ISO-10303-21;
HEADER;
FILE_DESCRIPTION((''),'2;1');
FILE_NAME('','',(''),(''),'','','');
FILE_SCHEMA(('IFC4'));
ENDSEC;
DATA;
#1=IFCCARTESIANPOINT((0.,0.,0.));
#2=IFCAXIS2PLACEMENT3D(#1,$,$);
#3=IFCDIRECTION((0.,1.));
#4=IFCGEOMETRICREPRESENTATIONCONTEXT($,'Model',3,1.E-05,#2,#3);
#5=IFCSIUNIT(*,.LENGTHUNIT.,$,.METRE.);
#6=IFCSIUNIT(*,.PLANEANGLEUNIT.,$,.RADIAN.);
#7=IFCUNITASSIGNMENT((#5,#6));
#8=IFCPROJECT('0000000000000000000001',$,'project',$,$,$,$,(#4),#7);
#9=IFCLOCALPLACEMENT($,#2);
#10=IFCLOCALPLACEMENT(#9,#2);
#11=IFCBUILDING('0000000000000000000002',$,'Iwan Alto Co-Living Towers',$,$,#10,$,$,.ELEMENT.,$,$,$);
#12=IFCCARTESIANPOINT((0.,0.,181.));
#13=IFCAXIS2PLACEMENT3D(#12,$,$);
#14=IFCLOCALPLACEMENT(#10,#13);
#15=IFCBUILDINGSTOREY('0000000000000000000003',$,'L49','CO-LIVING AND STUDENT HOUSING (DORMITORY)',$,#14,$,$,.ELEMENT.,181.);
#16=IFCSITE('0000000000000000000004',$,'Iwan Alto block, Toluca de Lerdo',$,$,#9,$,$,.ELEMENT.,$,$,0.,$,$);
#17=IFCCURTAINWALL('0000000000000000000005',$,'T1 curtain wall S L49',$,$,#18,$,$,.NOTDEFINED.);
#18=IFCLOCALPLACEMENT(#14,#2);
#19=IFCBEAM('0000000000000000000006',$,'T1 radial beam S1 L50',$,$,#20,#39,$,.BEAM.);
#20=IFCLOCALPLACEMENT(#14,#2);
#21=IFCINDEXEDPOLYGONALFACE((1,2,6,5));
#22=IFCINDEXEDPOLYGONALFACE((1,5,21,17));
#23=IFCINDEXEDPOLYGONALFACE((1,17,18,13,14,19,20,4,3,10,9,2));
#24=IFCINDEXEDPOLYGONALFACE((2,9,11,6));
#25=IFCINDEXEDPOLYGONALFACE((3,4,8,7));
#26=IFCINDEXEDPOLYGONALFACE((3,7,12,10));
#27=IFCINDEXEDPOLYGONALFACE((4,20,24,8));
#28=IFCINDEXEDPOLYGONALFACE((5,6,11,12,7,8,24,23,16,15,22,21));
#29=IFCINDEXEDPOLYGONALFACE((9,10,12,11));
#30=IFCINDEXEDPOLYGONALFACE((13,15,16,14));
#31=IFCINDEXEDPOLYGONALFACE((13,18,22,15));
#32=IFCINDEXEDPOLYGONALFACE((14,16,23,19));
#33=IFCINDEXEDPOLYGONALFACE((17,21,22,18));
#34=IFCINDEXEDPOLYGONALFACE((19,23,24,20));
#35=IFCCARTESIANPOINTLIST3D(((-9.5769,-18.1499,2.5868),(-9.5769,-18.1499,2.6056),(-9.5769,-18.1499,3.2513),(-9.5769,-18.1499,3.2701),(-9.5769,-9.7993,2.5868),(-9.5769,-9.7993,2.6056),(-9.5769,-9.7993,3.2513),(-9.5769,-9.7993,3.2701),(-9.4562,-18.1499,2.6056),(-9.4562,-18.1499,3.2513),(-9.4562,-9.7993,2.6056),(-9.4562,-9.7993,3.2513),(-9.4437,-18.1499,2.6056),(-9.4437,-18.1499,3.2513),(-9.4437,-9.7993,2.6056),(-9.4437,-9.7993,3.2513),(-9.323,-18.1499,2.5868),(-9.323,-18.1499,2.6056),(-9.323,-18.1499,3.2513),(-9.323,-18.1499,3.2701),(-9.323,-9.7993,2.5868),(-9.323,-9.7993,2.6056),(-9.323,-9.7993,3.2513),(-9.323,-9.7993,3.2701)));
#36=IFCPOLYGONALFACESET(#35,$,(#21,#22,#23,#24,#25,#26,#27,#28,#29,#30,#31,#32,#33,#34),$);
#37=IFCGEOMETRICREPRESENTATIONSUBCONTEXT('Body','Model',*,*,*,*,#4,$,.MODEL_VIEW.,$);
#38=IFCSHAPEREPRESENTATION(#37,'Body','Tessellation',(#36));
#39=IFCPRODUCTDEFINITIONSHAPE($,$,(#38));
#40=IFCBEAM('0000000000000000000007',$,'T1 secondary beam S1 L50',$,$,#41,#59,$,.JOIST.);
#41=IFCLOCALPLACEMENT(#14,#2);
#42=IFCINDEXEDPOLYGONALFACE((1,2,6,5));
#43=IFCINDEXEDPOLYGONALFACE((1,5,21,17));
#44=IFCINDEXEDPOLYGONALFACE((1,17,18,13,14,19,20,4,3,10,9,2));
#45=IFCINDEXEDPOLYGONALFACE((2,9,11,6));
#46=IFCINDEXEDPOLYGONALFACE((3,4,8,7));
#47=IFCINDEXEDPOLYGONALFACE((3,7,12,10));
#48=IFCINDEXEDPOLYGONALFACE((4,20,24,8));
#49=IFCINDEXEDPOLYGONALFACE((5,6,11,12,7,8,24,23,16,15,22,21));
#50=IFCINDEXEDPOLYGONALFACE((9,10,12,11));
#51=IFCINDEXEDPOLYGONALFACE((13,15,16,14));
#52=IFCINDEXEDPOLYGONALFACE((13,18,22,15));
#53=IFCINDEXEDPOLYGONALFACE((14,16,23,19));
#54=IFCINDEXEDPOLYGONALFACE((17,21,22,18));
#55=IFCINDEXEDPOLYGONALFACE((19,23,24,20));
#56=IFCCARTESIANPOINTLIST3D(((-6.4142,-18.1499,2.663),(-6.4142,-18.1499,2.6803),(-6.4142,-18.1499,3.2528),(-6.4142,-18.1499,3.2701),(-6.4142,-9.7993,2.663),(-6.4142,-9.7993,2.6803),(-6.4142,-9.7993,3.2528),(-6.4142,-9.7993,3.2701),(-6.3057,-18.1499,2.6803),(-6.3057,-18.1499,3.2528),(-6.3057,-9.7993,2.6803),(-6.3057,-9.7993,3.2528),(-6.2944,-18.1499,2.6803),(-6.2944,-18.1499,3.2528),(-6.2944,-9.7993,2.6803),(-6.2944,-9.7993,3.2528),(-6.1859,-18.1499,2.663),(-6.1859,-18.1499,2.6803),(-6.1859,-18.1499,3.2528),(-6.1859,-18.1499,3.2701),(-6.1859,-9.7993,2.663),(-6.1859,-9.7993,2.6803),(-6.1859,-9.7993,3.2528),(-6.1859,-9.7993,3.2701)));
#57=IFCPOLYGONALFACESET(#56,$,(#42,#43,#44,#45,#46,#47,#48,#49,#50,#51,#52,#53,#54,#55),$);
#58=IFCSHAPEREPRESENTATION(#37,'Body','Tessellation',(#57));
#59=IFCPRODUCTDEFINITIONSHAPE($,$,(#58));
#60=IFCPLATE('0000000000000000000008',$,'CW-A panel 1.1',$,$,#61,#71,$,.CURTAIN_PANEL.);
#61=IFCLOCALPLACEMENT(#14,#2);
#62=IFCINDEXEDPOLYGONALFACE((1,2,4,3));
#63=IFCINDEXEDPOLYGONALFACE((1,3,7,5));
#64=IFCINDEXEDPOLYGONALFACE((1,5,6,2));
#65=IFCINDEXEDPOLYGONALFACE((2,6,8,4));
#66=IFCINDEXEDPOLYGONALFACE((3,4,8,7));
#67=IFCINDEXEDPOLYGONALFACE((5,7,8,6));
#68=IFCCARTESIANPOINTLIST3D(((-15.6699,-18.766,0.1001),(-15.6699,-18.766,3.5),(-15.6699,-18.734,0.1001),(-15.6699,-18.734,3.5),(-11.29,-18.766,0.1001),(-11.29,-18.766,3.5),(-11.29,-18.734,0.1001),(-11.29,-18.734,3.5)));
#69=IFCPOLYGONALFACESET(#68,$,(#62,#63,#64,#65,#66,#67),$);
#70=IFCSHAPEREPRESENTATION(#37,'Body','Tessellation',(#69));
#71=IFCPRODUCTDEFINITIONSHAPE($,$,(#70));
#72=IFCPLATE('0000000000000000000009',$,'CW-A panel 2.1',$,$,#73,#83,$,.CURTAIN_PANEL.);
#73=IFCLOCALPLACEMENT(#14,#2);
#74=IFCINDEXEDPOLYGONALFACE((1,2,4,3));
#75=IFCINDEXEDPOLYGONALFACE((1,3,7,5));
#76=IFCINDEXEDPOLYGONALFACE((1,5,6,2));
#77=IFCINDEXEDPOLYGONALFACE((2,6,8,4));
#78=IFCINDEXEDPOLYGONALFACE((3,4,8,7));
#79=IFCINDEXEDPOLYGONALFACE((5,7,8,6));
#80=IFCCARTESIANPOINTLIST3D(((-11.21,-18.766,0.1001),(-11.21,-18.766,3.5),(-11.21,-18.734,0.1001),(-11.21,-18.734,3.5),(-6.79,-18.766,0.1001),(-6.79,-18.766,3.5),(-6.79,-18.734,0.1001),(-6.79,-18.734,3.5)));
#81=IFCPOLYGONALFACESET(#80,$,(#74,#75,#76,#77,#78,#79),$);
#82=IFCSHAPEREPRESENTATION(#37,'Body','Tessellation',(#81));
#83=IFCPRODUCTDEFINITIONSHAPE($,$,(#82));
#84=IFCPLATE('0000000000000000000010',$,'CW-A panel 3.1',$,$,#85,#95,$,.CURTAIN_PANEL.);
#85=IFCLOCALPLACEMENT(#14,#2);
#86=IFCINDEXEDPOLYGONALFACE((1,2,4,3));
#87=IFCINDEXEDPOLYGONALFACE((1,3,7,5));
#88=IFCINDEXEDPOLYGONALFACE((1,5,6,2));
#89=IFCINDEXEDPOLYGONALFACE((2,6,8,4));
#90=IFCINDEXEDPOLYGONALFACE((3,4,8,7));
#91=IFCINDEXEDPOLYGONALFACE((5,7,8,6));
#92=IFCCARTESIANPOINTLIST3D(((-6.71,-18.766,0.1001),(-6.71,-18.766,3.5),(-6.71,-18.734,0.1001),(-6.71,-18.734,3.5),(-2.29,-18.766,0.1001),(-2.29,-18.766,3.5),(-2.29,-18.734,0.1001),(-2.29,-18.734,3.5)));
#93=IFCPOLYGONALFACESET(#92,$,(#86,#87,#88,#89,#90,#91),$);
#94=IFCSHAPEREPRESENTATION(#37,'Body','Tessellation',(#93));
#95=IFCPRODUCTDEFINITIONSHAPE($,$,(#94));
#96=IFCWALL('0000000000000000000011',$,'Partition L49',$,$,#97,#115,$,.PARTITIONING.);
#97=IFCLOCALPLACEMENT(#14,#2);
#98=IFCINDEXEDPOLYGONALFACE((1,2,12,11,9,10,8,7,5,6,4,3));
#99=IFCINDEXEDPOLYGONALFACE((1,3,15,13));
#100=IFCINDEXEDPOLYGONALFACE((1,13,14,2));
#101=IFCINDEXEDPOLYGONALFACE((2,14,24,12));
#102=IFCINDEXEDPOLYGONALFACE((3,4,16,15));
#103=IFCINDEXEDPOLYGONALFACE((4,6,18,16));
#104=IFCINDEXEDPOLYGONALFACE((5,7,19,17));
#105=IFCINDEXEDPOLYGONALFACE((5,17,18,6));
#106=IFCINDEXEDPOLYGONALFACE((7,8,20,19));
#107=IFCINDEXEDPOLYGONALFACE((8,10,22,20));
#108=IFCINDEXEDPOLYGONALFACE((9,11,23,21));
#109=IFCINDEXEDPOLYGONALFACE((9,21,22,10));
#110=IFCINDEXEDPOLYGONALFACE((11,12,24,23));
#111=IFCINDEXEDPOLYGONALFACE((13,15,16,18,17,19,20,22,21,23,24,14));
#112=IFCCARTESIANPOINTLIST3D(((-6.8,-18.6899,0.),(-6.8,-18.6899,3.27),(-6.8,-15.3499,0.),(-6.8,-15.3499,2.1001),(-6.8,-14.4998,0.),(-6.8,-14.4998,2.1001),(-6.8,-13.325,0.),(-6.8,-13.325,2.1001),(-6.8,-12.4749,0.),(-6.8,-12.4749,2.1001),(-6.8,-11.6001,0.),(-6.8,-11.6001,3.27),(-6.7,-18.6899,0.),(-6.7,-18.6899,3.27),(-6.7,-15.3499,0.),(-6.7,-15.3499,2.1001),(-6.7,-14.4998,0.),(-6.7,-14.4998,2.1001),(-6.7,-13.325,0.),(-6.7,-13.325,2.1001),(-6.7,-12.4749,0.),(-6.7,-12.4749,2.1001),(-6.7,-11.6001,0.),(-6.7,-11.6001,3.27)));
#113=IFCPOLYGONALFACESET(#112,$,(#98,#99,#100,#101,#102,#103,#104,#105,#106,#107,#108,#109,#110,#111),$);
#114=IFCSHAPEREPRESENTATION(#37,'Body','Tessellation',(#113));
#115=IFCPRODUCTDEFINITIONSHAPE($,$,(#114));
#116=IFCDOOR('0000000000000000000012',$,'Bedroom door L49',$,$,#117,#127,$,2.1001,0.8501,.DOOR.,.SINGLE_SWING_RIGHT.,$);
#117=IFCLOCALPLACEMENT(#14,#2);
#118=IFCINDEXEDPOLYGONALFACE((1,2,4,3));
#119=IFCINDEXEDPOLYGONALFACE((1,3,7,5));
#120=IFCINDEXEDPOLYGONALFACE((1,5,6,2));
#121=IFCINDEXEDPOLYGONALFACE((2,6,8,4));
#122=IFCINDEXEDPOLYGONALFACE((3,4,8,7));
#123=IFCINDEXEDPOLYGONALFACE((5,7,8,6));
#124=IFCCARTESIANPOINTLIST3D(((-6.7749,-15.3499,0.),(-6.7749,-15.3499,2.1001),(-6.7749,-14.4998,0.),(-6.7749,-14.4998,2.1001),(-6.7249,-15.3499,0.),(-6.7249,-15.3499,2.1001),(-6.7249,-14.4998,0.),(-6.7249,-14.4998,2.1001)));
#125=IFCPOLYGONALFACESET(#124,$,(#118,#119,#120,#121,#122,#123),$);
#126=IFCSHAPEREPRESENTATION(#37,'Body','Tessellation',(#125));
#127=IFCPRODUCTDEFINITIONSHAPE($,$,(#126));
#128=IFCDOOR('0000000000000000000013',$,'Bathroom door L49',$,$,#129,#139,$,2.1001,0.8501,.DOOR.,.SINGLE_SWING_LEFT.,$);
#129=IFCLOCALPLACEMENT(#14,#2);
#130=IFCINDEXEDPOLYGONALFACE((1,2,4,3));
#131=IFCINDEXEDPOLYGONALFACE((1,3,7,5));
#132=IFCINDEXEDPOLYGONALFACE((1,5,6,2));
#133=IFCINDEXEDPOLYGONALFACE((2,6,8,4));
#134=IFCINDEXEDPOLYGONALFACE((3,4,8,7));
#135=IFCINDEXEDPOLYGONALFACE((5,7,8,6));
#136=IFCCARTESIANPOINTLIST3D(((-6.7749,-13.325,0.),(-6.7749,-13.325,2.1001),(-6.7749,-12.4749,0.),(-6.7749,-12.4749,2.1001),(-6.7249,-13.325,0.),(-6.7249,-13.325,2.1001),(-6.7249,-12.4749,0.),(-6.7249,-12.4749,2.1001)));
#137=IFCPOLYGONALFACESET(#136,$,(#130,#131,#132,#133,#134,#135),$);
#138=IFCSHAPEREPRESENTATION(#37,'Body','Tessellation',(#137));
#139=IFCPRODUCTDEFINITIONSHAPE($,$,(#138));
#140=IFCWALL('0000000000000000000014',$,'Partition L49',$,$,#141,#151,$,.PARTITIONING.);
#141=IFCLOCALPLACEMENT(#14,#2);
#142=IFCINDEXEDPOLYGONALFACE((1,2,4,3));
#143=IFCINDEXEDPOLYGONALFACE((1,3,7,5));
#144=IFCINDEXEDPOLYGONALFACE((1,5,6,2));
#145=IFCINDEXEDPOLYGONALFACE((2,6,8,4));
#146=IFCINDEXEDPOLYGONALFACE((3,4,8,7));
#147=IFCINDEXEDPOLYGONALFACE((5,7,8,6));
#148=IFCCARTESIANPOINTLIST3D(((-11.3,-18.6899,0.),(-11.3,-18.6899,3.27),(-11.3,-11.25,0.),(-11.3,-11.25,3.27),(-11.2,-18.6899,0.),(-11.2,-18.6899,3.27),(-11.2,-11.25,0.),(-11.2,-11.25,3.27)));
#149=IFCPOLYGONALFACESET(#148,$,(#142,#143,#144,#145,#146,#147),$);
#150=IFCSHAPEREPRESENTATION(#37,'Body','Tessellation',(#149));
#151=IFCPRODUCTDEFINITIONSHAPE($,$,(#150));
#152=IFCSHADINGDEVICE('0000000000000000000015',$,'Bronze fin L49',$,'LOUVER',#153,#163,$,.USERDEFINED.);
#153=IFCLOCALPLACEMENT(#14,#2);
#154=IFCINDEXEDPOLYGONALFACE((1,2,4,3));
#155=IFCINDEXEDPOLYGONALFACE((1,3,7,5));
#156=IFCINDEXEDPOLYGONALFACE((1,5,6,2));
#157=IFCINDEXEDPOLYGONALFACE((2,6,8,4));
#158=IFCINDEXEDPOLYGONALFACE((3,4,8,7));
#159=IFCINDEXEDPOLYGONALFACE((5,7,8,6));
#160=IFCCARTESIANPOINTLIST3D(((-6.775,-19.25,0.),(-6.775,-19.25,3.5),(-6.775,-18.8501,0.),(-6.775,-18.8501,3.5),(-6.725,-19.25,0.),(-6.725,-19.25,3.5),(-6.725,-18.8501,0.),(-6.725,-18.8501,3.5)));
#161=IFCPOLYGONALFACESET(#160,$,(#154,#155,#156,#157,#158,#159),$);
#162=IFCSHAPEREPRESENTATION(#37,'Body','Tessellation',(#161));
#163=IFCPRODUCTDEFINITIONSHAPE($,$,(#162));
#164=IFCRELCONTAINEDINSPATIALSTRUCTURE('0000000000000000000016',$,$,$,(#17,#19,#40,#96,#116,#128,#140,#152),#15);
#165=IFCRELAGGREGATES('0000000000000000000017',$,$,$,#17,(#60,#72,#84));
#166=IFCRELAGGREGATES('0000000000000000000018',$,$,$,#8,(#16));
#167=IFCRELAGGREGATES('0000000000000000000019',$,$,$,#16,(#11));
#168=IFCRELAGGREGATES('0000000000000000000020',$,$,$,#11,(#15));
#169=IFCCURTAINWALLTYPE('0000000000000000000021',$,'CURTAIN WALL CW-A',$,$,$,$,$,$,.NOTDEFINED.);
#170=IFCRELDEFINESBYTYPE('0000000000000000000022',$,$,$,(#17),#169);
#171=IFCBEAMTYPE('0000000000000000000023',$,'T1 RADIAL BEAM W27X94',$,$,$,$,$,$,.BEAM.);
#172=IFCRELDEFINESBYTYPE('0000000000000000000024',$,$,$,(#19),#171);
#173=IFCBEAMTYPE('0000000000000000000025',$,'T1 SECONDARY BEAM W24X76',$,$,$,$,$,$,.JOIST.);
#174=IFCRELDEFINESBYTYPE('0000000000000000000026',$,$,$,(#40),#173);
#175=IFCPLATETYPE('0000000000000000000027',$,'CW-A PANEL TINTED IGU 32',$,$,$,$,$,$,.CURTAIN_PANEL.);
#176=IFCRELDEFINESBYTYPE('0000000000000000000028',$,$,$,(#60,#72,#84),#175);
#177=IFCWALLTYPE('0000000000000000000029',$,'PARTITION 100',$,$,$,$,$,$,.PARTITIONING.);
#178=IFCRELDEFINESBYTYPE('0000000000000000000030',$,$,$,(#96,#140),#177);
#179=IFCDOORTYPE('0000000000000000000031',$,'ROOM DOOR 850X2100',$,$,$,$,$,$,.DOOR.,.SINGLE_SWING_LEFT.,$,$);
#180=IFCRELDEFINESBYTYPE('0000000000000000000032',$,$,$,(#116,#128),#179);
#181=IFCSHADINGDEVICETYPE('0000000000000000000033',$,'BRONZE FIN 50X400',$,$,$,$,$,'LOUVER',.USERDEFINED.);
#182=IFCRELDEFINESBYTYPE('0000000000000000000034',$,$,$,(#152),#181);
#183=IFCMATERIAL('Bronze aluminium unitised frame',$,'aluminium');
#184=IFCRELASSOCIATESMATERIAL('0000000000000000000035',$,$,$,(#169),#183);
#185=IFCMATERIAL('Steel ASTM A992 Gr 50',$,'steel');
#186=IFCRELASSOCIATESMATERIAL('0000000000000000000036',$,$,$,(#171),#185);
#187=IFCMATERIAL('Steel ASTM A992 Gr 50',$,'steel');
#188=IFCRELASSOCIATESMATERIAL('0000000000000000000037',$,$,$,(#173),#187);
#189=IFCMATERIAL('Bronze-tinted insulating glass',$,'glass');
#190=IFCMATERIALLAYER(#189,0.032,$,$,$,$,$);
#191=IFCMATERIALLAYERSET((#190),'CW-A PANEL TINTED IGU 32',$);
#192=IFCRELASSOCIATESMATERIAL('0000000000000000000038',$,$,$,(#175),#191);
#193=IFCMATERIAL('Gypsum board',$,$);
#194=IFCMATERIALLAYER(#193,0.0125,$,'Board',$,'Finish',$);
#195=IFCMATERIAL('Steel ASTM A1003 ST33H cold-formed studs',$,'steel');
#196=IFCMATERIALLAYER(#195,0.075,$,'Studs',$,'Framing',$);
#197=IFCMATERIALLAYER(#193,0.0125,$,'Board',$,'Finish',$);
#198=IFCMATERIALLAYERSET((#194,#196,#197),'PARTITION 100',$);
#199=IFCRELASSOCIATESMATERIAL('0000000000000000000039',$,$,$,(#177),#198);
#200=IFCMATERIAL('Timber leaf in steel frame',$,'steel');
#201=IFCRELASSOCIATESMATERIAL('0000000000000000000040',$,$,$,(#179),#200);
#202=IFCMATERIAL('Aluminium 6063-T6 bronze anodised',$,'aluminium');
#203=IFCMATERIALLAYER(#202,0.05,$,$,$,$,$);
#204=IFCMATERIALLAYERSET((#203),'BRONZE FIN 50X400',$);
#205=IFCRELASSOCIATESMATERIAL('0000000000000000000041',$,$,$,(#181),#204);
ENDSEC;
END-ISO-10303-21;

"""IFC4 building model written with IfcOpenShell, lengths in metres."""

from ifc_helpers import new_model, si_unit, direction, frame, frame_2d, origin, origin_2d, place, context, subcontext, project, spatial, rectangle, i_section, extrude, material, layer, layer_set, material_profile, profile_set, type_object, element, fill, aggregate, save


model = new_model("IFC4")

# Units and contexts
model_context = context("Model", 3, precision=1e-05, world=origin(), true_north=direction((0.0, 1.0)))
body_context = subcontext(model_context, "Body", "Model", "MODEL_VIEW")
ifc_project = project(units=[si_unit("LENGTHUNIT", "METRE"), si_unit("PLANEANGLEUNIT", "RADIAN")], contexts=[model_context])

# Site, building, storey
site_placement = place(None, origin())
site = spatial("IfcSite", under=ifc_project, at=site_placement, Name="Iwan Alto block, Toluca de Lerdo", CompositionType="ELEMENT", RefElevation=0.0)
building_placement = place(site_placement, origin())
building = spatial("IfcBuilding", under=site, at=building_placement, Name="Iwan Alto Co-Living Towers", CompositionType="ELEMENT")
storey_placement = place(building_placement, frame((0.0, 0.0, 181.0)))
storey = spatial("IfcBuildingStorey", under=building, at=storey_placement, Name="L49", Description="CO-LIVING AND STUDENT HOUSING (DORMITORY)", CompositionType="ELEMENT", Elevation=181.0)

# Curtain wall
ifc_material_1 = material(Name="Bronze aluminium unitised frame", Category="aluminium")
curtain_wall_type = type_object("IfcCurtainWallType", Name="CURTAIN WALL CW-A", PredefinedType="NOTDEFINED", material=ifc_material_1)
curtain_wall_placement = place(storey_placement, origin())
curtain_wall = element("IfcCurtainWall", 1, at=curtain_wall_placement, inside=storey, type_object=curtain_wall_type, Name="T1 curtain wall S L49", PredefinedType="NOTDEFINED")

# Beams
ifc_material_2 = material(Name="Steel ASTM A992 Gr 50", Category="steel")
ifc_material_profile_1 = material_profile(ifc_material_2, i_section(OverallWidth=0.2539, OverallDepth=0.6833, WebThickness=0.0125, FlangeThickness=0.0188, at=origin_2d()), Name="W27X94")
ifc_profile_set_1 = profile_set([ifc_material_profile_1], Name="Steel ASTM A992 Gr 50")
beam_type_1 = type_object("IfcBeamType", Name="T1 RADIAL BEAM W27X94", PredefinedType="BEAM", material=ifc_profile_set_1)
beam_1_placement = place(storey_placement, frame((-9.45, -18.1499, 2.9285), z_axis=(0.0, 1.0, 0.0), x_axis=(-1.0, 0.0, 0.0)))
element("IfcBeam", 2, at=beam_1_placement, inside=storey, type_object=beam_type_1, Name="T1 radial beam S1 L50", PredefinedType="BEAM", context=body_context, shape_type="SweptSolid", body=[
    extrude(i_section(OverallWidth=0.2539, OverallDepth=0.6833, WebThickness=0.0125, FlangeThickness=0.0188, at=origin_2d()), origin(), (0.0, 0.0, 1.0), 8.3506),
])
ifc_material_3 = material(Name="Steel ASTM A992 Gr 50", Category="steel")
ifc_material_profile_2 = material_profile(ifc_material_3, i_section(OverallWidth=0.2283, OverallDepth=0.6072, WebThickness=0.0112, FlangeThickness=0.0173, at=origin_2d()), Name="W24X76")
ifc_profile_set_2 = profile_set([ifc_material_profile_2], Name="Steel ASTM A992 Gr 50")
beam_type_2 = type_object("IfcBeamType", Name="T1 SECONDARY BEAM W24X76", PredefinedType="JOIST", material=ifc_profile_set_2)
beam_2_placement = place(storey_placement, frame((-6.3, -18.1499, 2.9666), z_axis=(0.0, 1.0, 0.0), x_axis=(-1.0, 0.0, 0.0)))
element("IfcBeam", 3, at=beam_2_placement, inside=storey, type_object=beam_type_2, Name="T1 secondary beam S1 L50", PredefinedType="JOIST", context=body_context, shape_type="SweptSolid", body=[
    extrude(i_section(OverallWidth=0.2283, OverallDepth=0.6072, WebThickness=0.0112, FlangeThickness=0.0173, at=origin_2d()), origin(), (0.0, 0.0, 1.0), 8.3506),
])

# Plates
ifc_material_4 = material(Name="Bronze-tinted insulating glass", Category="glass")
ifc_layer_1 = layer(ifc_material_4, 0.032)
ifc_layer_set_1 = layer_set([ifc_layer_1], Name="CW-A PANEL TINTED IGU 32")
plate_type = type_object("IfcPlateType", Name="CW-A PANEL TINTED IGU 32", PredefinedType="CURTAIN_PANEL", material=ifc_layer_set_1)
plate_1_placement = place(storey_placement, frame((-13.48, -18.75, 0.1001), z_axis=(0.0, 0.0, 1.0), x_axis=(1.0, 0.0, 0.0)))
plate_1 = element("IfcPlate", 4, at=plate_1_placement, type_object=plate_type, Name="CW-A panel 1.1", PredefinedType="CURTAIN_PANEL", context=body_context, shape_type="SweptSolid", body=[
    extrude(rectangle(XDim=4.3799, YDim=0.032, at=origin_2d()), origin(), (0.0, 0.0, 1.0), 3.3999),
])
plate_2_placement = place(storey_placement, frame((-9.0, -18.75, 0.1001), z_axis=(0.0, 0.0, 1.0), x_axis=(1.0, 0.0, 0.0)))
plate_2 = element("IfcPlate", 5, at=plate_2_placement, type_object=plate_type, Name="CW-A panel 2.1", PredefinedType="CURTAIN_PANEL", context=body_context, shape_type="SweptSolid", body=[
    extrude(rectangle(XDim=4.4199, YDim=0.032, at=origin_2d()), origin(), (0.0, 0.0, 1.0), 3.3999),
])
plate_3_placement = place(storey_placement, frame((-4.5, -18.75, 0.1001), z_axis=(0.0, 0.0, 1.0), x_axis=(1.0, 0.0, 0.0)))
plate_3 = element("IfcPlate", 6, at=plate_3_placement, type_object=plate_type, Name="CW-A panel 3.1", PredefinedType="CURTAIN_PANEL", context=body_context, shape_type="SweptSolid", body=[
    extrude(rectangle(XDim=4.4199, YDim=0.032, at=origin_2d()), origin(), (0.0, 0.0, 1.0), 3.3999),
])
aggregate(curtain_wall, [plate_1, plate_2, plate_3])

# Wall, openings, doors
ifc_material_5 = material(Name="Gypsum board")
ifc_layer_2 = layer(ifc_material_5, 0.0125, Name="Board", Category="Finish")
ifc_material_6 = material(Name="Steel ASTM A1003 ST33H cold-formed studs", Category="steel")
ifc_layer_3 = layer(ifc_material_6, 0.075, Name="Studs", Category="Framing")
ifc_layer_4 = layer(ifc_material_5, 0.0125, Name="Board", Category="Finish")
ifc_layer_set_2 = layer_set([ifc_layer_2, ifc_layer_3, ifc_layer_4], Name="PARTITION 100")
wall_type = type_object("IfcWallType", Name="PARTITION 100", PredefinedType="PARTITIONING", material=ifc_layer_set_2)
wall_1_placement = place(storey_placement, frame((-6.75, -18.6899, 0.0), z_axis=(0.0, 0.0, 1.0), x_axis=(0.0, 1.0, 0.0)))
wall_1 = element("IfcWall", 7, at=wall_1_placement, inside=storey, type_object=wall_type, Name="Partition L49", PredefinedType="PARTITIONING", context=body_context, shape_type="SweptSolid", body=[
    extrude(rectangle(XDim=7.0898, YDim=0.1001, at=frame_2d((3.5449, 0.0))), origin(), (0.0, 0.0, 1.0), 3.27),
])
opening_1_placement = place(wall_1_placement, frame((3.3401, 0.0, 0.0)))
opening_1 = element("IfcOpeningElement", 8, at=opening_1_placement, cuts=wall_1, PredefinedType="OPENING", context=body_context, shape_type="SweptSolid", body=[
    extrude(rectangle(XDim=0.8501, YDim=2.1001, at=frame_2d((0.425, 1.05))), frame((0.0, 0.0601, 0.0), z_axis=(0.0, -1.0, 0.0), x_axis=(1.0, 0.0, 0.0)), (0.0, 0.0, 1.0), 0.1201),
])
opening_2_placement = place(wall_1_placement, frame((5.365, 0.0, 0.0)))
opening_2 = element("IfcOpeningElement", 9, at=opening_2_placement, cuts=wall_1, PredefinedType="OPENING", context=body_context, shape_type="SweptSolid", body=[
    extrude(rectangle(XDim=0.8501, YDim=2.1001, at=frame_2d((0.425, 1.05))), frame((0.0, 0.0601, 0.0), z_axis=(0.0, -1.0, 0.0), x_axis=(1.0, 0.0, 0.0)), (0.0, 0.0, 1.0), 0.1201),
])
ifc_material_7 = material(Name="Timber leaf in steel frame", Category="steel")
door_type = type_object("IfcDoorType", Name="ROOM DOOR 850X2100", OperationType="SINGLE_SWING_LEFT", PredefinedType="DOOR", material=ifc_material_7)
door_1_placement = place(opening_1_placement, origin())
door_1 = element("IfcDoor", 10, at=door_1_placement, inside=storey, type_object=door_type, Name="Bedroom door L49", OperationType="SINGLE_SWING_RIGHT", OverallHeight=2.1001, OverallWidth=0.8501, PredefinedType="DOOR", context=body_context, shape_type="SweptSolid", body=[
    extrude(rectangle(XDim=0.8501, YDim=2.1001, at=frame_2d((0.425, 1.05))), frame((0.0, 0.0249, 0.0), z_axis=(0.0, -1.0, 0.0), x_axis=(1.0, 0.0, 0.0)), (0.0, 0.0, 1.0), 0.05),
])
fill(opening_1, door_1)
door_2_placement = place(opening_2_placement, origin())
door_2 = element("IfcDoor", 11, at=door_2_placement, inside=storey, type_object=door_type, Name="Bathroom door L49", OperationType="SINGLE_SWING_LEFT", OverallHeight=2.1001, OverallWidth=0.8501, PredefinedType="DOOR", context=body_context, shape_type="SweptSolid", body=[
    extrude(rectangle(XDim=0.8501, YDim=2.1001, at=frame_2d((0.425, 1.05))), frame((0.0, 0.0249, 0.0), z_axis=(0.0, -1.0, 0.0), x_axis=(1.0, 0.0, 0.0)), (0.0, 0.0, 1.0), 0.05),
])
fill(opening_2, door_2)

# Wall
wall_2_placement = place(storey_placement, frame((-11.25, -18.6899, 0.0), z_axis=(0.0, 0.0, 1.0), x_axis=(0.0, 1.0, 0.0)))
element("IfcWall", 12, at=wall_2_placement, inside=storey, type_object=wall_type, Name="Partition L49", PredefinedType="PARTITIONING", context=body_context, shape_type="SweptSolid", body=[
    extrude(rectangle(XDim=7.4399, YDim=0.1001, at=frame_2d((3.72, 0.0))), origin(), (0.0, 0.0, 1.0), 3.27),
])

# Shading device
ifc_material_8 = material(Name="Aluminium 6063-T6 bronze anodised", Category="aluminium")
ifc_layer_5 = layer(ifc_material_8, 0.05)
ifc_layer_set_3 = layer_set([ifc_layer_5], Name="BRONZE FIN 50X400")
shading_device_type = type_object("IfcShadingDeviceType", Name="BRONZE FIN 50X400", ElementType="LOUVER", PredefinedType="USERDEFINED", material=ifc_layer_set_3)
shading_device_placement = place(storey_placement, frame((-6.75, -19.05, 0.0), z_axis=(0.0, 0.0, 1.0), x_axis=(1.0, 0.0, 0.0)))
element("IfcShadingDevice", 13, at=shading_device_placement, inside=storey, type_object=shading_device_type, Name="Bronze fin L49", ObjectType="LOUVER", PredefinedType="USERDEFINED", context=body_context, shape_type="SweptSolid", body=[
    extrude(rectangle(XDim=0.05, YDim=0.3999, at=origin_2d()), origin(), (0.0, 0.0, 1.0), 3.5),
])

save(model, "model.ifc")
